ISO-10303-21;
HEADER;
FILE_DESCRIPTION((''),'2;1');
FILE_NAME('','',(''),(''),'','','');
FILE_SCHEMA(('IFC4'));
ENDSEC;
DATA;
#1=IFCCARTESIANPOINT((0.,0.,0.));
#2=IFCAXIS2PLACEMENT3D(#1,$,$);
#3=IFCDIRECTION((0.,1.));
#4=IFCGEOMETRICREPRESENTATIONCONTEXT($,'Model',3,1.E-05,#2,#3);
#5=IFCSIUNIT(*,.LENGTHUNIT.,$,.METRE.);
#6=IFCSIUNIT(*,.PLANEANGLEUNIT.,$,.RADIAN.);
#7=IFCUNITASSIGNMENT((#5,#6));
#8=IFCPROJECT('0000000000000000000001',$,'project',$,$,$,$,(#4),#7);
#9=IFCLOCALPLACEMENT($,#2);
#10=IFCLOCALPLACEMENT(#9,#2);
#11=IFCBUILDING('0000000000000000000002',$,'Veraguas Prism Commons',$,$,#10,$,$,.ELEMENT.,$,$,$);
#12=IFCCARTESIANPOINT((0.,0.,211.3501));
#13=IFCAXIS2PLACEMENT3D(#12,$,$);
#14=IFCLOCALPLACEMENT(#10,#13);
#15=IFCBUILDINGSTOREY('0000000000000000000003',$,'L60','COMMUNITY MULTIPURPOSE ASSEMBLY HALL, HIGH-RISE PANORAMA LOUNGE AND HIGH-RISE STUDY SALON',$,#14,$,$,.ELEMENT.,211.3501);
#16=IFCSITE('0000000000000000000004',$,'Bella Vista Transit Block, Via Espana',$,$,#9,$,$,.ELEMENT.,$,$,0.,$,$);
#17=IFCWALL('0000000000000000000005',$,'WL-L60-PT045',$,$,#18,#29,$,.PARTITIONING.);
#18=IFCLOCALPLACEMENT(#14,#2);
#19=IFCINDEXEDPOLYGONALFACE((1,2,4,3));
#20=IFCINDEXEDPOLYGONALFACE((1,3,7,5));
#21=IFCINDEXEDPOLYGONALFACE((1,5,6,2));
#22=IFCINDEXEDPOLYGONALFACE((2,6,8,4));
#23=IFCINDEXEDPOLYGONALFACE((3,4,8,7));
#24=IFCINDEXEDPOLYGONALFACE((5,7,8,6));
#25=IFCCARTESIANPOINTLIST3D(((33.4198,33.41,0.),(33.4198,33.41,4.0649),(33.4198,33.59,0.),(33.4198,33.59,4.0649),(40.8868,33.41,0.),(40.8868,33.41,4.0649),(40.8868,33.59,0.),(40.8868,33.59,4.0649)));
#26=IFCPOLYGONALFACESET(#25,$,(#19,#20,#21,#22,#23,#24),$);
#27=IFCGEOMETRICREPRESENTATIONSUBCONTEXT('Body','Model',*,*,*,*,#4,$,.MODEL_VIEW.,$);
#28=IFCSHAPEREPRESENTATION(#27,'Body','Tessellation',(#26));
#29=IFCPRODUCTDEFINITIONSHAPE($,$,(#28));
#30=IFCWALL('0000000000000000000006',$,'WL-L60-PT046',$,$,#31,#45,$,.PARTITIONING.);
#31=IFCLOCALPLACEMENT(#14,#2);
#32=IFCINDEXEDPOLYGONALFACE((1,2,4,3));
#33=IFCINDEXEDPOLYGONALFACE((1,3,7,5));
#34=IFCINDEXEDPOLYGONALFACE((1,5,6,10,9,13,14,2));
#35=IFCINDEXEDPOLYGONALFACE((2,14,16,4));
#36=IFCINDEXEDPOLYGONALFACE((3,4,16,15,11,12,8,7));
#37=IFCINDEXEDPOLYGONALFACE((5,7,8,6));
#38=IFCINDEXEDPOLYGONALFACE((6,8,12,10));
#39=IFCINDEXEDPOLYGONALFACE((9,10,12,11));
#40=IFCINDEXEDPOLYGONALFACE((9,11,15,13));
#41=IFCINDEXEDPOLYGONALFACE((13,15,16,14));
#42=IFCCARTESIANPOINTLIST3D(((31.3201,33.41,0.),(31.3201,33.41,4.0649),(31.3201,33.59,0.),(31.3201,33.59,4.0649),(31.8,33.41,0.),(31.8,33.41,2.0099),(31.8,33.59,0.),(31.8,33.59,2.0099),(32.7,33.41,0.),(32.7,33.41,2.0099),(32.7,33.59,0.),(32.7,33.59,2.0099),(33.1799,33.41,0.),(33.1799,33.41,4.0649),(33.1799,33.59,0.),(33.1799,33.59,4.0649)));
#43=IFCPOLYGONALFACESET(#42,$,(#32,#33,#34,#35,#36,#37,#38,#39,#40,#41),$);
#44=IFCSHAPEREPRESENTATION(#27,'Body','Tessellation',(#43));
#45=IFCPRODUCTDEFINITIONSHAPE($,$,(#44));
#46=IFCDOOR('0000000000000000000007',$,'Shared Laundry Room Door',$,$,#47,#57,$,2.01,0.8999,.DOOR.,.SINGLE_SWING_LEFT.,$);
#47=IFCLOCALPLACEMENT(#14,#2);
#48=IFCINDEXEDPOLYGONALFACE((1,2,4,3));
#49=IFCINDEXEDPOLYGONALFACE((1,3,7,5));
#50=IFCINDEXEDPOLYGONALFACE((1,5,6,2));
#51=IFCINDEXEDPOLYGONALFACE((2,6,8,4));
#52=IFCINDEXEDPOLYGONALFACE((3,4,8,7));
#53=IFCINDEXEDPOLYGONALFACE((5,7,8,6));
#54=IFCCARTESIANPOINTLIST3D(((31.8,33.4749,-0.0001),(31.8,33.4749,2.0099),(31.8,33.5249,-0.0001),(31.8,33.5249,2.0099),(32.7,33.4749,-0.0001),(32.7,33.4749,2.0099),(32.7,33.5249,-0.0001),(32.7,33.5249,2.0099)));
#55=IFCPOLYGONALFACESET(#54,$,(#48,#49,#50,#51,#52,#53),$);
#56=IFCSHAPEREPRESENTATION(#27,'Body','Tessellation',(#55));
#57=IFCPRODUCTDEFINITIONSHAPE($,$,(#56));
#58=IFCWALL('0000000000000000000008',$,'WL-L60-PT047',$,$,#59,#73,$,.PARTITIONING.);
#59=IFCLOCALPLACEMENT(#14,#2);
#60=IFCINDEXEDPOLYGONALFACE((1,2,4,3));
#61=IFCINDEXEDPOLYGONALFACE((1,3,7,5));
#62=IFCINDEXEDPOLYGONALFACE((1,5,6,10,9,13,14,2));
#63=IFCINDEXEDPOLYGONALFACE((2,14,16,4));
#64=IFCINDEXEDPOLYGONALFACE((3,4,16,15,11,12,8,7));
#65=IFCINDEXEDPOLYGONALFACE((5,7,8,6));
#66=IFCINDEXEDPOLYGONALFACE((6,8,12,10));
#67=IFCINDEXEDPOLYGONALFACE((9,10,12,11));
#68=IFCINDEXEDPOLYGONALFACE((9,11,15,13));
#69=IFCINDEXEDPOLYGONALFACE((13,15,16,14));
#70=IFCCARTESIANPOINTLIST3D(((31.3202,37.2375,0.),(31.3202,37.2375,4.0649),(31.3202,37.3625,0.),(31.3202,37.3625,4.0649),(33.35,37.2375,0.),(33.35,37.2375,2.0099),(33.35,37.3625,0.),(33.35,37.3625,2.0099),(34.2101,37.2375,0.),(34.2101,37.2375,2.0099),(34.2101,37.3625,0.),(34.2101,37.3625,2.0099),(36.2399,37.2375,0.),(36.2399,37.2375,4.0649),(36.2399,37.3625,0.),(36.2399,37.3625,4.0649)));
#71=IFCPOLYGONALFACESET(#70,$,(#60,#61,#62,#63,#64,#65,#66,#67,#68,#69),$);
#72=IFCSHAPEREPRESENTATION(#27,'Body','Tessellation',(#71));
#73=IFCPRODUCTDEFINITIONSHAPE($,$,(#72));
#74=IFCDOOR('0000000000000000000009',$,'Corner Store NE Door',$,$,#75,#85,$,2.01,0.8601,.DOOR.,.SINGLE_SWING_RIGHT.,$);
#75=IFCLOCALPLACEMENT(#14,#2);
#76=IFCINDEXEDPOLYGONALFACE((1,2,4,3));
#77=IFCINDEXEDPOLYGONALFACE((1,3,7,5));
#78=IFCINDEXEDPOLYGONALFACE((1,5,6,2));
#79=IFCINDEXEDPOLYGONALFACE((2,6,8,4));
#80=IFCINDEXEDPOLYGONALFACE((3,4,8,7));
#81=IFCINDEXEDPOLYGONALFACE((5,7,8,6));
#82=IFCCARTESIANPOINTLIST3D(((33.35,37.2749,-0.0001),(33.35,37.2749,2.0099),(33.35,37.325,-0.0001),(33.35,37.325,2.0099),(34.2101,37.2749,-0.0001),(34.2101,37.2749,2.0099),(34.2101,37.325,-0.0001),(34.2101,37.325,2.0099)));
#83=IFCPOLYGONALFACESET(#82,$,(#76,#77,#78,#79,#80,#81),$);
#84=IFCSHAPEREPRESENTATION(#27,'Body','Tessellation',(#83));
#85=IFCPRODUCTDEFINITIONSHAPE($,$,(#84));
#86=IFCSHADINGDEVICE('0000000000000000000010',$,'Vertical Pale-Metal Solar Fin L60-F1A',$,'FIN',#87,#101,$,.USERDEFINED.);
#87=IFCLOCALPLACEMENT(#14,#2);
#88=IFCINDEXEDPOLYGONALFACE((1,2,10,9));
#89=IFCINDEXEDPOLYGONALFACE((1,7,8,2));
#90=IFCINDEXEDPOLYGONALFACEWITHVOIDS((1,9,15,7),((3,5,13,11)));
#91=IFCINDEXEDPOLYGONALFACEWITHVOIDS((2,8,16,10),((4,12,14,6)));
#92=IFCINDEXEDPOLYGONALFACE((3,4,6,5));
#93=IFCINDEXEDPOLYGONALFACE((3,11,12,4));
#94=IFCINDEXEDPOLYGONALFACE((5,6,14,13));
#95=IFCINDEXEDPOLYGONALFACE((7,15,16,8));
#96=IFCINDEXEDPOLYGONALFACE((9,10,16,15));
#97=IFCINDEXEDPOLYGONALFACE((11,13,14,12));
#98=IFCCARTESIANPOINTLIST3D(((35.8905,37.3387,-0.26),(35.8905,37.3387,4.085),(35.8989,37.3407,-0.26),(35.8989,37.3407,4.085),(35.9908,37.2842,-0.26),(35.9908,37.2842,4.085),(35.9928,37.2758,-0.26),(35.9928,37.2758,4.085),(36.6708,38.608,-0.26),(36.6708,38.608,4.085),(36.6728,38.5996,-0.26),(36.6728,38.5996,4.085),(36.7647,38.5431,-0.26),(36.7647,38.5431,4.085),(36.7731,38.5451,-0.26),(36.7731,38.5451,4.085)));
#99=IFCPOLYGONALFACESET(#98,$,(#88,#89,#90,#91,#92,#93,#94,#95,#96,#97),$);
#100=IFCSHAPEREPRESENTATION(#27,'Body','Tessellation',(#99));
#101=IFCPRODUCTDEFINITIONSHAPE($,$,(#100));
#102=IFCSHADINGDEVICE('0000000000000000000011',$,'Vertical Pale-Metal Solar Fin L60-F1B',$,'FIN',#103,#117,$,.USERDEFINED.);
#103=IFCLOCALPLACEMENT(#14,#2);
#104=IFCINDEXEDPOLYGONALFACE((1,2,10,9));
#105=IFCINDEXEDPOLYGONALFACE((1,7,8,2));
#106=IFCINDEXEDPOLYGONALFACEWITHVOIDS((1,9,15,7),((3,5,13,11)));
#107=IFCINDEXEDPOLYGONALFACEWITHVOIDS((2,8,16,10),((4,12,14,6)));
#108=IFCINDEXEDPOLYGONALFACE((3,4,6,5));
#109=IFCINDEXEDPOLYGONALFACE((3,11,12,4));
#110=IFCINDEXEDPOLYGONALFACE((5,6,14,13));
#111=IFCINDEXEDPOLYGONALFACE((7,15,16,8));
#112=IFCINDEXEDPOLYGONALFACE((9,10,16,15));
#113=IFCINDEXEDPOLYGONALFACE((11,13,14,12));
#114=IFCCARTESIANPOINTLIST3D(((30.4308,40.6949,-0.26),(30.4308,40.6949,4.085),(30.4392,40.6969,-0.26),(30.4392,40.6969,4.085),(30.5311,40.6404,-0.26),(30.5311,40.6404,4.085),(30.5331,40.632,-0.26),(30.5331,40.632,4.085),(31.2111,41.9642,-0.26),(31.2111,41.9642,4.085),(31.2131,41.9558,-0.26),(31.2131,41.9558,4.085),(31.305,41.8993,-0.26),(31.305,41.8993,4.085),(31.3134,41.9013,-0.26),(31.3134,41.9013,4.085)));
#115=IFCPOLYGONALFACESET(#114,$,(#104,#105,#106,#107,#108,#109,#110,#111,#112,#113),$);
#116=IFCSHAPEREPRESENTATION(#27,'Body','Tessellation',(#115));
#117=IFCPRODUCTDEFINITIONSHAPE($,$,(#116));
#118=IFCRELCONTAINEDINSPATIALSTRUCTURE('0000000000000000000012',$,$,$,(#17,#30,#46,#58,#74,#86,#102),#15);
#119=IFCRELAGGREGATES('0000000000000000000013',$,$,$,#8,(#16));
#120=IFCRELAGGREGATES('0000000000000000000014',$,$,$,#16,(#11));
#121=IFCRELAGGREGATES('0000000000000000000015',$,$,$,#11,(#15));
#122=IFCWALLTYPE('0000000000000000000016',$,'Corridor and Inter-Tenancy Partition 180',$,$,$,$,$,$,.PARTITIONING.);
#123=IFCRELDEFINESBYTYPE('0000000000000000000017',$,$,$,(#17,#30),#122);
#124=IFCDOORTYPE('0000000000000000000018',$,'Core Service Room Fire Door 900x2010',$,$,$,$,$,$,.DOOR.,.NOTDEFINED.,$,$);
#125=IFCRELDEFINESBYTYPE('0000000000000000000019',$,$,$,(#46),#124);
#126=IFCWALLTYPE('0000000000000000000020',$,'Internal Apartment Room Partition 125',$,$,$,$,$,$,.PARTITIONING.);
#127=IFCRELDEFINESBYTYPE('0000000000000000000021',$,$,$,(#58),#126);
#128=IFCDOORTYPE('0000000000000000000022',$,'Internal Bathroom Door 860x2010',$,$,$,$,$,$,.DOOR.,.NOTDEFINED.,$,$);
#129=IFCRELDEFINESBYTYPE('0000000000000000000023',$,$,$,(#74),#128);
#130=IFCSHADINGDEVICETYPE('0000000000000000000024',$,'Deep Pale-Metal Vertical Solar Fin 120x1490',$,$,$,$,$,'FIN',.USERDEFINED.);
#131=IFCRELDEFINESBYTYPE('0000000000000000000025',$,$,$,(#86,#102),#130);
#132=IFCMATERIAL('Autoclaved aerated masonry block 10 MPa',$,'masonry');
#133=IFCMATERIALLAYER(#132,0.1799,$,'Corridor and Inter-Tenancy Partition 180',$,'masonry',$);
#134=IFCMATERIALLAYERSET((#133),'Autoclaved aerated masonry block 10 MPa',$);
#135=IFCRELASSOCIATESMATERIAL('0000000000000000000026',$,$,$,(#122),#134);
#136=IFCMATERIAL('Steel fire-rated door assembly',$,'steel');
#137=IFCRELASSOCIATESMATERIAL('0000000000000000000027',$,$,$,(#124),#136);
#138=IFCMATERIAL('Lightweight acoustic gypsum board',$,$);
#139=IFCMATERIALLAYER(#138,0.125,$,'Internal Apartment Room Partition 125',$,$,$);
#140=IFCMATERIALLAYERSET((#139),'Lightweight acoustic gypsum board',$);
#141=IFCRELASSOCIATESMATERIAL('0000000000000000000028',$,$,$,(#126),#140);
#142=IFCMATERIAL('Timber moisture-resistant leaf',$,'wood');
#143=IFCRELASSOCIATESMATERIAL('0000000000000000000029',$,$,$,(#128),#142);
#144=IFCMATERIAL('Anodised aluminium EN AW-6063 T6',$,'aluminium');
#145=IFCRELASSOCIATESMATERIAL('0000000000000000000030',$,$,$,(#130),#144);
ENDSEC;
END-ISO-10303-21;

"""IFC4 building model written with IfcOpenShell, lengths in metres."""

from ifc_helpers import new_model, si_unit, direction, frame, frame_2d, origin, origin_2d, place, context, subcontext, project, spatial, rectangle, hollow_rectangle, extrude, source, transform, mapped, material, layer, layer_set, material_profile, profile_set, type_object, element, fill, save


model = new_model("IFC4")

# Units and contexts
model_context = context("Model", 3, precision=1e-05, world=origin(), true_north=direction((0.0, 1.0)))
body_context = subcontext(model_context, "Body", "Model", "MODEL_VIEW")
ifc_project = project(units=[si_unit("LENGTHUNIT", "METRE"), si_unit("PLANEANGLEUNIT", "RADIAN")], contexts=[model_context])

# Site, building, storey
site_placement = place(None, origin())
site = spatial("IfcSite", under=ifc_project, at=site_placement, Name="Bella Vista Transit Block, Via Espana", CompositionType="ELEMENT", RefElevation=0.0)
building_placement = place(site_placement, origin())
building = spatial("IfcBuilding", under=site, at=building_placement, Name="Veraguas Prism Commons", CompositionType="ELEMENT")
storey_placement = place(building_placement, frame((0.0, 0.0, 211.3501)))
storey = spatial("IfcBuildingStorey", under=building, at=storey_placement, Name="L60", Description="COMMUNITY MULTIPURPOSE ASSEMBLY HALL, HIGH-RISE PANORAMA LOUNGE AND HIGH-RISE STUDY SALON", CompositionType="ELEMENT", Elevation=211.3501)

# Shared definitions
ifc_material_1 = material(Name="Anodised aluminium EN AW-6063 T6", Category="aluminium")

# Wall
ifc_material_2 = material(Name="Autoclaved aerated masonry block 10 MPa", Category="masonry")
ifc_layer_1 = layer(ifc_material_2, 0.1799, Name="Corridor and Inter-Tenancy Partition 180", Category="masonry")
ifc_layer_set_1 = layer_set([ifc_layer_1], Name="Autoclaved aerated masonry block 10 MPa")
wall_type_1 = type_object("IfcWallType", Name="Corridor and Inter-Tenancy Partition 180", PredefinedType="PARTITIONING", material=ifc_layer_set_1)
wall_1_placement = place(storey_placement, frame((33.4199, 33.5, 0.0), z_axis=(0.0, 0.0, 1.0), x_axis=(1.0, 0.0, 0.0)))
element("IfcWall", 1, at=wall_1_placement, inside=storey, type_object=wall_type_1, Name="WL-L60-PT045", PredefinedType="PARTITIONING", context=body_context, shape_type="SweptSolid", body=[
    extrude(rectangle(XDim=7.467, YDim=0.1799, at=frame_2d((3.7334, 0.0))), origin(), (0.0, 0.0, 1.0), 4.0649),
])

# Walls, openings, doors
wall_2_placement = place(storey_placement, frame((31.3201, 33.5, 0.0), z_axis=(0.0, 0.0, 1.0), x_axis=(1.0, 0.0, 0.0)))
wall_2 = element("IfcWall", 2, at=wall_2_placement, inside=storey, type_object=wall_type_1, Name="WL-L60-PT046", PredefinedType="PARTITIONING", context=body_context, shape_type="SweptSolid", body=[
    extrude(rectangle(XDim=1.8599, YDim=0.1799, at=frame_2d((0.9299, 0.0))), origin(), (0.0, 0.0, 1.0), 4.0649),
])
opening_1_placement = place(wall_2_placement, frame((0.48, 0.0, 0.0)))
opening_1 = element("IfcOpeningElement", 3, at=opening_1_placement, cuts=wall_2, PredefinedType="OPENING", context=body_context, shape_type="SweptSolid", body=[
    extrude(rectangle(XDim=0.8999, YDim=2.01, at=frame_2d((0.45, 1.0049))), frame((0.0, 0.0999, 0.0), z_axis=(0.0, -1.0, 0.0), x_axis=(1.0, 0.0, 0.0)), (0.0, 0.0, 1.0), 0.2),
])
ifc_material_3 = material(Name="Steel fire-rated door assembly", Category="steel")
door_type_1 = type_object("IfcDoorType", Name="Core Service Room Fire Door 900x2010", OperationType="NOTDEFINED", PredefinedType="DOOR", material=ifc_material_3)
shared_shape_1 = source(origin(), body_context, "Body", "SweptSolid", [
    extrude(rectangle(XDim=0.8999, YDim=2.01, at=frame_2d((0.45, 1.0049))), frame((0.0, 0.0249, 0.0), z_axis=(0.0, -1.0, 0.0), x_axis=(1.0, 0.0, 0.0)), (0.0, 0.0, 1.0), 0.05),
])
door_1_placement = place(opening_1_placement, origin())
door_1 = element("IfcDoor", 4, at=door_1_placement, inside=storey, type_object=door_type_1, Name="Shared Laundry Room Door", OperationType="SINGLE_SWING_LEFT", OverallHeight=2.01, OverallWidth=0.8999, PredefinedType="DOOR", context=body_context, shape_type="MappedRepresentation", body=[
    mapped(shared_shape_1, transform((0.0, 0.0, 0.0), scale=1.0)),
])
fill(opening_1, door_1)
ifc_material_4 = material(Name="Lightweight acoustic gypsum board")
ifc_layer_2 = layer(ifc_material_4, 0.125, Name="Internal Apartment Room Partition 125")
ifc_layer_set_2 = layer_set([ifc_layer_2], Name="Lightweight acoustic gypsum board")
wall_type_2 = type_object("IfcWallType", Name="Internal Apartment Room Partition 125", PredefinedType="PARTITIONING", material=ifc_layer_set_2)
wall_3_placement = place(storey_placement, frame((31.3201, 37.3, 0.0), z_axis=(0.0, 0.0, 1.0), x_axis=(1.0, 0.0, 0.0)))
wall_3 = element("IfcWall", 5, at=wall_3_placement, inside=storey, type_object=wall_type_2, Name="WL-L60-PT047", PredefinedType="PARTITIONING", context=body_context, shape_type="SweptSolid", body=[
    extrude(rectangle(XDim=4.9197, YDim=0.125, at=frame_2d((2.46, 0.0))), origin(), (0.0, 0.0, 1.0), 4.0649),
])
opening_2_placement = place(wall_3_placement, frame((2.0298, 0.0, 0.0)))
opening_2 = element("IfcOpeningElement", 6, at=opening_2_placement, cuts=wall_3, PredefinedType="OPENING", context=body_context, shape_type="SweptSolid", body=[
    extrude(rectangle(XDim=0.8601, YDim=2.01, at=frame_2d((0.4302, 1.0049))), frame((0.0, 0.0725, 0.0), z_axis=(0.0, -1.0, 0.0), x_axis=(1.0, 0.0, 0.0)), (0.0, 0.0, 1.0), 0.145),
])
ifc_material_5 = material(Name="Timber moisture-resistant leaf", Category="wood")
door_type_2 = type_object("IfcDoorType", Name="Internal Bathroom Door 860x2010", OperationType="NOTDEFINED", PredefinedType="DOOR", material=ifc_material_5)
shared_shape_2 = source(origin(), body_context, "Body", "SweptSolid", [
    extrude(rectangle(XDim=0.8601, YDim=2.01, at=frame_2d((0.4302, 1.0049))), frame((0.0, 0.0249, 0.0), z_axis=(0.0, -1.0, 0.0), x_axis=(1.0, 0.0, 0.0)), (0.0, 0.0, 1.0), 0.05),
])
door_2_placement = place(opening_2_placement, origin())
door_2 = element("IfcDoor", 7, at=door_2_placement, inside=storey, type_object=door_type_2, Name="Corner Store NE Door", OperationType="SINGLE_SWING_RIGHT", OverallHeight=2.01, OverallWidth=0.8601, PredefinedType="DOOR", context=body_context, shape_type="MappedRepresentation", body=[
    mapped(shared_shape_2, transform((0.0, 0.0, 0.0), scale=1.0)),
])
fill(opening_2, door_2)

# Shading devices
ifc_material_profile_1 = material_profile(ifc_material_1, hollow_rectangle(XDim=0.1201, YDim=1.49, WallThickness=0.0061, at=origin_2d()), Name="FIN120X1490X6")
ifc_profile_set_1 = profile_set([ifc_material_profile_1], Name="Anodised aluminium EN AW-6063 T6")
shading_device_type = type_object("IfcShadingDeviceType", Name="Deep Pale-Metal Vertical Solar Fin 120x1490", ElementType="FIN", PredefinedType="USERDEFINED", material=ifc_profile_set_1)
for number, where, z_axis, x_axis, name in (
    (8, (36.3318, 37.9419, -0.26), (0.0, 0.0, 1.0), (-0.85191, 0.523689, 0.0), "Vertical Pale-Metal Solar Fin L60-F1A"),
    (9, (30.8721, 41.2981, -0.26), (0.0, 0.0, 1.0), (-0.85191, 0.523689, 0.0), "Vertical Pale-Metal Solar Fin L60-F1B"),
):
    element("IfcShadingDevice", number, at=place(storey_placement, frame(where, z_axis=z_axis, x_axis=x_axis)), inside=storey, type_object=shading_device_type, Name=name, ObjectType="FIN", PredefinedType="USERDEFINED", context=body_context, shape_type="SweptSolid", body=[
        extrude(hollow_rectangle(XDim=0.1201, YDim=1.49, WallThickness=0.0061, at=origin_2d()), origin(), (0.0, 0.0, 1.0), 4.345),
    ])

save(model, "model.ifc")
